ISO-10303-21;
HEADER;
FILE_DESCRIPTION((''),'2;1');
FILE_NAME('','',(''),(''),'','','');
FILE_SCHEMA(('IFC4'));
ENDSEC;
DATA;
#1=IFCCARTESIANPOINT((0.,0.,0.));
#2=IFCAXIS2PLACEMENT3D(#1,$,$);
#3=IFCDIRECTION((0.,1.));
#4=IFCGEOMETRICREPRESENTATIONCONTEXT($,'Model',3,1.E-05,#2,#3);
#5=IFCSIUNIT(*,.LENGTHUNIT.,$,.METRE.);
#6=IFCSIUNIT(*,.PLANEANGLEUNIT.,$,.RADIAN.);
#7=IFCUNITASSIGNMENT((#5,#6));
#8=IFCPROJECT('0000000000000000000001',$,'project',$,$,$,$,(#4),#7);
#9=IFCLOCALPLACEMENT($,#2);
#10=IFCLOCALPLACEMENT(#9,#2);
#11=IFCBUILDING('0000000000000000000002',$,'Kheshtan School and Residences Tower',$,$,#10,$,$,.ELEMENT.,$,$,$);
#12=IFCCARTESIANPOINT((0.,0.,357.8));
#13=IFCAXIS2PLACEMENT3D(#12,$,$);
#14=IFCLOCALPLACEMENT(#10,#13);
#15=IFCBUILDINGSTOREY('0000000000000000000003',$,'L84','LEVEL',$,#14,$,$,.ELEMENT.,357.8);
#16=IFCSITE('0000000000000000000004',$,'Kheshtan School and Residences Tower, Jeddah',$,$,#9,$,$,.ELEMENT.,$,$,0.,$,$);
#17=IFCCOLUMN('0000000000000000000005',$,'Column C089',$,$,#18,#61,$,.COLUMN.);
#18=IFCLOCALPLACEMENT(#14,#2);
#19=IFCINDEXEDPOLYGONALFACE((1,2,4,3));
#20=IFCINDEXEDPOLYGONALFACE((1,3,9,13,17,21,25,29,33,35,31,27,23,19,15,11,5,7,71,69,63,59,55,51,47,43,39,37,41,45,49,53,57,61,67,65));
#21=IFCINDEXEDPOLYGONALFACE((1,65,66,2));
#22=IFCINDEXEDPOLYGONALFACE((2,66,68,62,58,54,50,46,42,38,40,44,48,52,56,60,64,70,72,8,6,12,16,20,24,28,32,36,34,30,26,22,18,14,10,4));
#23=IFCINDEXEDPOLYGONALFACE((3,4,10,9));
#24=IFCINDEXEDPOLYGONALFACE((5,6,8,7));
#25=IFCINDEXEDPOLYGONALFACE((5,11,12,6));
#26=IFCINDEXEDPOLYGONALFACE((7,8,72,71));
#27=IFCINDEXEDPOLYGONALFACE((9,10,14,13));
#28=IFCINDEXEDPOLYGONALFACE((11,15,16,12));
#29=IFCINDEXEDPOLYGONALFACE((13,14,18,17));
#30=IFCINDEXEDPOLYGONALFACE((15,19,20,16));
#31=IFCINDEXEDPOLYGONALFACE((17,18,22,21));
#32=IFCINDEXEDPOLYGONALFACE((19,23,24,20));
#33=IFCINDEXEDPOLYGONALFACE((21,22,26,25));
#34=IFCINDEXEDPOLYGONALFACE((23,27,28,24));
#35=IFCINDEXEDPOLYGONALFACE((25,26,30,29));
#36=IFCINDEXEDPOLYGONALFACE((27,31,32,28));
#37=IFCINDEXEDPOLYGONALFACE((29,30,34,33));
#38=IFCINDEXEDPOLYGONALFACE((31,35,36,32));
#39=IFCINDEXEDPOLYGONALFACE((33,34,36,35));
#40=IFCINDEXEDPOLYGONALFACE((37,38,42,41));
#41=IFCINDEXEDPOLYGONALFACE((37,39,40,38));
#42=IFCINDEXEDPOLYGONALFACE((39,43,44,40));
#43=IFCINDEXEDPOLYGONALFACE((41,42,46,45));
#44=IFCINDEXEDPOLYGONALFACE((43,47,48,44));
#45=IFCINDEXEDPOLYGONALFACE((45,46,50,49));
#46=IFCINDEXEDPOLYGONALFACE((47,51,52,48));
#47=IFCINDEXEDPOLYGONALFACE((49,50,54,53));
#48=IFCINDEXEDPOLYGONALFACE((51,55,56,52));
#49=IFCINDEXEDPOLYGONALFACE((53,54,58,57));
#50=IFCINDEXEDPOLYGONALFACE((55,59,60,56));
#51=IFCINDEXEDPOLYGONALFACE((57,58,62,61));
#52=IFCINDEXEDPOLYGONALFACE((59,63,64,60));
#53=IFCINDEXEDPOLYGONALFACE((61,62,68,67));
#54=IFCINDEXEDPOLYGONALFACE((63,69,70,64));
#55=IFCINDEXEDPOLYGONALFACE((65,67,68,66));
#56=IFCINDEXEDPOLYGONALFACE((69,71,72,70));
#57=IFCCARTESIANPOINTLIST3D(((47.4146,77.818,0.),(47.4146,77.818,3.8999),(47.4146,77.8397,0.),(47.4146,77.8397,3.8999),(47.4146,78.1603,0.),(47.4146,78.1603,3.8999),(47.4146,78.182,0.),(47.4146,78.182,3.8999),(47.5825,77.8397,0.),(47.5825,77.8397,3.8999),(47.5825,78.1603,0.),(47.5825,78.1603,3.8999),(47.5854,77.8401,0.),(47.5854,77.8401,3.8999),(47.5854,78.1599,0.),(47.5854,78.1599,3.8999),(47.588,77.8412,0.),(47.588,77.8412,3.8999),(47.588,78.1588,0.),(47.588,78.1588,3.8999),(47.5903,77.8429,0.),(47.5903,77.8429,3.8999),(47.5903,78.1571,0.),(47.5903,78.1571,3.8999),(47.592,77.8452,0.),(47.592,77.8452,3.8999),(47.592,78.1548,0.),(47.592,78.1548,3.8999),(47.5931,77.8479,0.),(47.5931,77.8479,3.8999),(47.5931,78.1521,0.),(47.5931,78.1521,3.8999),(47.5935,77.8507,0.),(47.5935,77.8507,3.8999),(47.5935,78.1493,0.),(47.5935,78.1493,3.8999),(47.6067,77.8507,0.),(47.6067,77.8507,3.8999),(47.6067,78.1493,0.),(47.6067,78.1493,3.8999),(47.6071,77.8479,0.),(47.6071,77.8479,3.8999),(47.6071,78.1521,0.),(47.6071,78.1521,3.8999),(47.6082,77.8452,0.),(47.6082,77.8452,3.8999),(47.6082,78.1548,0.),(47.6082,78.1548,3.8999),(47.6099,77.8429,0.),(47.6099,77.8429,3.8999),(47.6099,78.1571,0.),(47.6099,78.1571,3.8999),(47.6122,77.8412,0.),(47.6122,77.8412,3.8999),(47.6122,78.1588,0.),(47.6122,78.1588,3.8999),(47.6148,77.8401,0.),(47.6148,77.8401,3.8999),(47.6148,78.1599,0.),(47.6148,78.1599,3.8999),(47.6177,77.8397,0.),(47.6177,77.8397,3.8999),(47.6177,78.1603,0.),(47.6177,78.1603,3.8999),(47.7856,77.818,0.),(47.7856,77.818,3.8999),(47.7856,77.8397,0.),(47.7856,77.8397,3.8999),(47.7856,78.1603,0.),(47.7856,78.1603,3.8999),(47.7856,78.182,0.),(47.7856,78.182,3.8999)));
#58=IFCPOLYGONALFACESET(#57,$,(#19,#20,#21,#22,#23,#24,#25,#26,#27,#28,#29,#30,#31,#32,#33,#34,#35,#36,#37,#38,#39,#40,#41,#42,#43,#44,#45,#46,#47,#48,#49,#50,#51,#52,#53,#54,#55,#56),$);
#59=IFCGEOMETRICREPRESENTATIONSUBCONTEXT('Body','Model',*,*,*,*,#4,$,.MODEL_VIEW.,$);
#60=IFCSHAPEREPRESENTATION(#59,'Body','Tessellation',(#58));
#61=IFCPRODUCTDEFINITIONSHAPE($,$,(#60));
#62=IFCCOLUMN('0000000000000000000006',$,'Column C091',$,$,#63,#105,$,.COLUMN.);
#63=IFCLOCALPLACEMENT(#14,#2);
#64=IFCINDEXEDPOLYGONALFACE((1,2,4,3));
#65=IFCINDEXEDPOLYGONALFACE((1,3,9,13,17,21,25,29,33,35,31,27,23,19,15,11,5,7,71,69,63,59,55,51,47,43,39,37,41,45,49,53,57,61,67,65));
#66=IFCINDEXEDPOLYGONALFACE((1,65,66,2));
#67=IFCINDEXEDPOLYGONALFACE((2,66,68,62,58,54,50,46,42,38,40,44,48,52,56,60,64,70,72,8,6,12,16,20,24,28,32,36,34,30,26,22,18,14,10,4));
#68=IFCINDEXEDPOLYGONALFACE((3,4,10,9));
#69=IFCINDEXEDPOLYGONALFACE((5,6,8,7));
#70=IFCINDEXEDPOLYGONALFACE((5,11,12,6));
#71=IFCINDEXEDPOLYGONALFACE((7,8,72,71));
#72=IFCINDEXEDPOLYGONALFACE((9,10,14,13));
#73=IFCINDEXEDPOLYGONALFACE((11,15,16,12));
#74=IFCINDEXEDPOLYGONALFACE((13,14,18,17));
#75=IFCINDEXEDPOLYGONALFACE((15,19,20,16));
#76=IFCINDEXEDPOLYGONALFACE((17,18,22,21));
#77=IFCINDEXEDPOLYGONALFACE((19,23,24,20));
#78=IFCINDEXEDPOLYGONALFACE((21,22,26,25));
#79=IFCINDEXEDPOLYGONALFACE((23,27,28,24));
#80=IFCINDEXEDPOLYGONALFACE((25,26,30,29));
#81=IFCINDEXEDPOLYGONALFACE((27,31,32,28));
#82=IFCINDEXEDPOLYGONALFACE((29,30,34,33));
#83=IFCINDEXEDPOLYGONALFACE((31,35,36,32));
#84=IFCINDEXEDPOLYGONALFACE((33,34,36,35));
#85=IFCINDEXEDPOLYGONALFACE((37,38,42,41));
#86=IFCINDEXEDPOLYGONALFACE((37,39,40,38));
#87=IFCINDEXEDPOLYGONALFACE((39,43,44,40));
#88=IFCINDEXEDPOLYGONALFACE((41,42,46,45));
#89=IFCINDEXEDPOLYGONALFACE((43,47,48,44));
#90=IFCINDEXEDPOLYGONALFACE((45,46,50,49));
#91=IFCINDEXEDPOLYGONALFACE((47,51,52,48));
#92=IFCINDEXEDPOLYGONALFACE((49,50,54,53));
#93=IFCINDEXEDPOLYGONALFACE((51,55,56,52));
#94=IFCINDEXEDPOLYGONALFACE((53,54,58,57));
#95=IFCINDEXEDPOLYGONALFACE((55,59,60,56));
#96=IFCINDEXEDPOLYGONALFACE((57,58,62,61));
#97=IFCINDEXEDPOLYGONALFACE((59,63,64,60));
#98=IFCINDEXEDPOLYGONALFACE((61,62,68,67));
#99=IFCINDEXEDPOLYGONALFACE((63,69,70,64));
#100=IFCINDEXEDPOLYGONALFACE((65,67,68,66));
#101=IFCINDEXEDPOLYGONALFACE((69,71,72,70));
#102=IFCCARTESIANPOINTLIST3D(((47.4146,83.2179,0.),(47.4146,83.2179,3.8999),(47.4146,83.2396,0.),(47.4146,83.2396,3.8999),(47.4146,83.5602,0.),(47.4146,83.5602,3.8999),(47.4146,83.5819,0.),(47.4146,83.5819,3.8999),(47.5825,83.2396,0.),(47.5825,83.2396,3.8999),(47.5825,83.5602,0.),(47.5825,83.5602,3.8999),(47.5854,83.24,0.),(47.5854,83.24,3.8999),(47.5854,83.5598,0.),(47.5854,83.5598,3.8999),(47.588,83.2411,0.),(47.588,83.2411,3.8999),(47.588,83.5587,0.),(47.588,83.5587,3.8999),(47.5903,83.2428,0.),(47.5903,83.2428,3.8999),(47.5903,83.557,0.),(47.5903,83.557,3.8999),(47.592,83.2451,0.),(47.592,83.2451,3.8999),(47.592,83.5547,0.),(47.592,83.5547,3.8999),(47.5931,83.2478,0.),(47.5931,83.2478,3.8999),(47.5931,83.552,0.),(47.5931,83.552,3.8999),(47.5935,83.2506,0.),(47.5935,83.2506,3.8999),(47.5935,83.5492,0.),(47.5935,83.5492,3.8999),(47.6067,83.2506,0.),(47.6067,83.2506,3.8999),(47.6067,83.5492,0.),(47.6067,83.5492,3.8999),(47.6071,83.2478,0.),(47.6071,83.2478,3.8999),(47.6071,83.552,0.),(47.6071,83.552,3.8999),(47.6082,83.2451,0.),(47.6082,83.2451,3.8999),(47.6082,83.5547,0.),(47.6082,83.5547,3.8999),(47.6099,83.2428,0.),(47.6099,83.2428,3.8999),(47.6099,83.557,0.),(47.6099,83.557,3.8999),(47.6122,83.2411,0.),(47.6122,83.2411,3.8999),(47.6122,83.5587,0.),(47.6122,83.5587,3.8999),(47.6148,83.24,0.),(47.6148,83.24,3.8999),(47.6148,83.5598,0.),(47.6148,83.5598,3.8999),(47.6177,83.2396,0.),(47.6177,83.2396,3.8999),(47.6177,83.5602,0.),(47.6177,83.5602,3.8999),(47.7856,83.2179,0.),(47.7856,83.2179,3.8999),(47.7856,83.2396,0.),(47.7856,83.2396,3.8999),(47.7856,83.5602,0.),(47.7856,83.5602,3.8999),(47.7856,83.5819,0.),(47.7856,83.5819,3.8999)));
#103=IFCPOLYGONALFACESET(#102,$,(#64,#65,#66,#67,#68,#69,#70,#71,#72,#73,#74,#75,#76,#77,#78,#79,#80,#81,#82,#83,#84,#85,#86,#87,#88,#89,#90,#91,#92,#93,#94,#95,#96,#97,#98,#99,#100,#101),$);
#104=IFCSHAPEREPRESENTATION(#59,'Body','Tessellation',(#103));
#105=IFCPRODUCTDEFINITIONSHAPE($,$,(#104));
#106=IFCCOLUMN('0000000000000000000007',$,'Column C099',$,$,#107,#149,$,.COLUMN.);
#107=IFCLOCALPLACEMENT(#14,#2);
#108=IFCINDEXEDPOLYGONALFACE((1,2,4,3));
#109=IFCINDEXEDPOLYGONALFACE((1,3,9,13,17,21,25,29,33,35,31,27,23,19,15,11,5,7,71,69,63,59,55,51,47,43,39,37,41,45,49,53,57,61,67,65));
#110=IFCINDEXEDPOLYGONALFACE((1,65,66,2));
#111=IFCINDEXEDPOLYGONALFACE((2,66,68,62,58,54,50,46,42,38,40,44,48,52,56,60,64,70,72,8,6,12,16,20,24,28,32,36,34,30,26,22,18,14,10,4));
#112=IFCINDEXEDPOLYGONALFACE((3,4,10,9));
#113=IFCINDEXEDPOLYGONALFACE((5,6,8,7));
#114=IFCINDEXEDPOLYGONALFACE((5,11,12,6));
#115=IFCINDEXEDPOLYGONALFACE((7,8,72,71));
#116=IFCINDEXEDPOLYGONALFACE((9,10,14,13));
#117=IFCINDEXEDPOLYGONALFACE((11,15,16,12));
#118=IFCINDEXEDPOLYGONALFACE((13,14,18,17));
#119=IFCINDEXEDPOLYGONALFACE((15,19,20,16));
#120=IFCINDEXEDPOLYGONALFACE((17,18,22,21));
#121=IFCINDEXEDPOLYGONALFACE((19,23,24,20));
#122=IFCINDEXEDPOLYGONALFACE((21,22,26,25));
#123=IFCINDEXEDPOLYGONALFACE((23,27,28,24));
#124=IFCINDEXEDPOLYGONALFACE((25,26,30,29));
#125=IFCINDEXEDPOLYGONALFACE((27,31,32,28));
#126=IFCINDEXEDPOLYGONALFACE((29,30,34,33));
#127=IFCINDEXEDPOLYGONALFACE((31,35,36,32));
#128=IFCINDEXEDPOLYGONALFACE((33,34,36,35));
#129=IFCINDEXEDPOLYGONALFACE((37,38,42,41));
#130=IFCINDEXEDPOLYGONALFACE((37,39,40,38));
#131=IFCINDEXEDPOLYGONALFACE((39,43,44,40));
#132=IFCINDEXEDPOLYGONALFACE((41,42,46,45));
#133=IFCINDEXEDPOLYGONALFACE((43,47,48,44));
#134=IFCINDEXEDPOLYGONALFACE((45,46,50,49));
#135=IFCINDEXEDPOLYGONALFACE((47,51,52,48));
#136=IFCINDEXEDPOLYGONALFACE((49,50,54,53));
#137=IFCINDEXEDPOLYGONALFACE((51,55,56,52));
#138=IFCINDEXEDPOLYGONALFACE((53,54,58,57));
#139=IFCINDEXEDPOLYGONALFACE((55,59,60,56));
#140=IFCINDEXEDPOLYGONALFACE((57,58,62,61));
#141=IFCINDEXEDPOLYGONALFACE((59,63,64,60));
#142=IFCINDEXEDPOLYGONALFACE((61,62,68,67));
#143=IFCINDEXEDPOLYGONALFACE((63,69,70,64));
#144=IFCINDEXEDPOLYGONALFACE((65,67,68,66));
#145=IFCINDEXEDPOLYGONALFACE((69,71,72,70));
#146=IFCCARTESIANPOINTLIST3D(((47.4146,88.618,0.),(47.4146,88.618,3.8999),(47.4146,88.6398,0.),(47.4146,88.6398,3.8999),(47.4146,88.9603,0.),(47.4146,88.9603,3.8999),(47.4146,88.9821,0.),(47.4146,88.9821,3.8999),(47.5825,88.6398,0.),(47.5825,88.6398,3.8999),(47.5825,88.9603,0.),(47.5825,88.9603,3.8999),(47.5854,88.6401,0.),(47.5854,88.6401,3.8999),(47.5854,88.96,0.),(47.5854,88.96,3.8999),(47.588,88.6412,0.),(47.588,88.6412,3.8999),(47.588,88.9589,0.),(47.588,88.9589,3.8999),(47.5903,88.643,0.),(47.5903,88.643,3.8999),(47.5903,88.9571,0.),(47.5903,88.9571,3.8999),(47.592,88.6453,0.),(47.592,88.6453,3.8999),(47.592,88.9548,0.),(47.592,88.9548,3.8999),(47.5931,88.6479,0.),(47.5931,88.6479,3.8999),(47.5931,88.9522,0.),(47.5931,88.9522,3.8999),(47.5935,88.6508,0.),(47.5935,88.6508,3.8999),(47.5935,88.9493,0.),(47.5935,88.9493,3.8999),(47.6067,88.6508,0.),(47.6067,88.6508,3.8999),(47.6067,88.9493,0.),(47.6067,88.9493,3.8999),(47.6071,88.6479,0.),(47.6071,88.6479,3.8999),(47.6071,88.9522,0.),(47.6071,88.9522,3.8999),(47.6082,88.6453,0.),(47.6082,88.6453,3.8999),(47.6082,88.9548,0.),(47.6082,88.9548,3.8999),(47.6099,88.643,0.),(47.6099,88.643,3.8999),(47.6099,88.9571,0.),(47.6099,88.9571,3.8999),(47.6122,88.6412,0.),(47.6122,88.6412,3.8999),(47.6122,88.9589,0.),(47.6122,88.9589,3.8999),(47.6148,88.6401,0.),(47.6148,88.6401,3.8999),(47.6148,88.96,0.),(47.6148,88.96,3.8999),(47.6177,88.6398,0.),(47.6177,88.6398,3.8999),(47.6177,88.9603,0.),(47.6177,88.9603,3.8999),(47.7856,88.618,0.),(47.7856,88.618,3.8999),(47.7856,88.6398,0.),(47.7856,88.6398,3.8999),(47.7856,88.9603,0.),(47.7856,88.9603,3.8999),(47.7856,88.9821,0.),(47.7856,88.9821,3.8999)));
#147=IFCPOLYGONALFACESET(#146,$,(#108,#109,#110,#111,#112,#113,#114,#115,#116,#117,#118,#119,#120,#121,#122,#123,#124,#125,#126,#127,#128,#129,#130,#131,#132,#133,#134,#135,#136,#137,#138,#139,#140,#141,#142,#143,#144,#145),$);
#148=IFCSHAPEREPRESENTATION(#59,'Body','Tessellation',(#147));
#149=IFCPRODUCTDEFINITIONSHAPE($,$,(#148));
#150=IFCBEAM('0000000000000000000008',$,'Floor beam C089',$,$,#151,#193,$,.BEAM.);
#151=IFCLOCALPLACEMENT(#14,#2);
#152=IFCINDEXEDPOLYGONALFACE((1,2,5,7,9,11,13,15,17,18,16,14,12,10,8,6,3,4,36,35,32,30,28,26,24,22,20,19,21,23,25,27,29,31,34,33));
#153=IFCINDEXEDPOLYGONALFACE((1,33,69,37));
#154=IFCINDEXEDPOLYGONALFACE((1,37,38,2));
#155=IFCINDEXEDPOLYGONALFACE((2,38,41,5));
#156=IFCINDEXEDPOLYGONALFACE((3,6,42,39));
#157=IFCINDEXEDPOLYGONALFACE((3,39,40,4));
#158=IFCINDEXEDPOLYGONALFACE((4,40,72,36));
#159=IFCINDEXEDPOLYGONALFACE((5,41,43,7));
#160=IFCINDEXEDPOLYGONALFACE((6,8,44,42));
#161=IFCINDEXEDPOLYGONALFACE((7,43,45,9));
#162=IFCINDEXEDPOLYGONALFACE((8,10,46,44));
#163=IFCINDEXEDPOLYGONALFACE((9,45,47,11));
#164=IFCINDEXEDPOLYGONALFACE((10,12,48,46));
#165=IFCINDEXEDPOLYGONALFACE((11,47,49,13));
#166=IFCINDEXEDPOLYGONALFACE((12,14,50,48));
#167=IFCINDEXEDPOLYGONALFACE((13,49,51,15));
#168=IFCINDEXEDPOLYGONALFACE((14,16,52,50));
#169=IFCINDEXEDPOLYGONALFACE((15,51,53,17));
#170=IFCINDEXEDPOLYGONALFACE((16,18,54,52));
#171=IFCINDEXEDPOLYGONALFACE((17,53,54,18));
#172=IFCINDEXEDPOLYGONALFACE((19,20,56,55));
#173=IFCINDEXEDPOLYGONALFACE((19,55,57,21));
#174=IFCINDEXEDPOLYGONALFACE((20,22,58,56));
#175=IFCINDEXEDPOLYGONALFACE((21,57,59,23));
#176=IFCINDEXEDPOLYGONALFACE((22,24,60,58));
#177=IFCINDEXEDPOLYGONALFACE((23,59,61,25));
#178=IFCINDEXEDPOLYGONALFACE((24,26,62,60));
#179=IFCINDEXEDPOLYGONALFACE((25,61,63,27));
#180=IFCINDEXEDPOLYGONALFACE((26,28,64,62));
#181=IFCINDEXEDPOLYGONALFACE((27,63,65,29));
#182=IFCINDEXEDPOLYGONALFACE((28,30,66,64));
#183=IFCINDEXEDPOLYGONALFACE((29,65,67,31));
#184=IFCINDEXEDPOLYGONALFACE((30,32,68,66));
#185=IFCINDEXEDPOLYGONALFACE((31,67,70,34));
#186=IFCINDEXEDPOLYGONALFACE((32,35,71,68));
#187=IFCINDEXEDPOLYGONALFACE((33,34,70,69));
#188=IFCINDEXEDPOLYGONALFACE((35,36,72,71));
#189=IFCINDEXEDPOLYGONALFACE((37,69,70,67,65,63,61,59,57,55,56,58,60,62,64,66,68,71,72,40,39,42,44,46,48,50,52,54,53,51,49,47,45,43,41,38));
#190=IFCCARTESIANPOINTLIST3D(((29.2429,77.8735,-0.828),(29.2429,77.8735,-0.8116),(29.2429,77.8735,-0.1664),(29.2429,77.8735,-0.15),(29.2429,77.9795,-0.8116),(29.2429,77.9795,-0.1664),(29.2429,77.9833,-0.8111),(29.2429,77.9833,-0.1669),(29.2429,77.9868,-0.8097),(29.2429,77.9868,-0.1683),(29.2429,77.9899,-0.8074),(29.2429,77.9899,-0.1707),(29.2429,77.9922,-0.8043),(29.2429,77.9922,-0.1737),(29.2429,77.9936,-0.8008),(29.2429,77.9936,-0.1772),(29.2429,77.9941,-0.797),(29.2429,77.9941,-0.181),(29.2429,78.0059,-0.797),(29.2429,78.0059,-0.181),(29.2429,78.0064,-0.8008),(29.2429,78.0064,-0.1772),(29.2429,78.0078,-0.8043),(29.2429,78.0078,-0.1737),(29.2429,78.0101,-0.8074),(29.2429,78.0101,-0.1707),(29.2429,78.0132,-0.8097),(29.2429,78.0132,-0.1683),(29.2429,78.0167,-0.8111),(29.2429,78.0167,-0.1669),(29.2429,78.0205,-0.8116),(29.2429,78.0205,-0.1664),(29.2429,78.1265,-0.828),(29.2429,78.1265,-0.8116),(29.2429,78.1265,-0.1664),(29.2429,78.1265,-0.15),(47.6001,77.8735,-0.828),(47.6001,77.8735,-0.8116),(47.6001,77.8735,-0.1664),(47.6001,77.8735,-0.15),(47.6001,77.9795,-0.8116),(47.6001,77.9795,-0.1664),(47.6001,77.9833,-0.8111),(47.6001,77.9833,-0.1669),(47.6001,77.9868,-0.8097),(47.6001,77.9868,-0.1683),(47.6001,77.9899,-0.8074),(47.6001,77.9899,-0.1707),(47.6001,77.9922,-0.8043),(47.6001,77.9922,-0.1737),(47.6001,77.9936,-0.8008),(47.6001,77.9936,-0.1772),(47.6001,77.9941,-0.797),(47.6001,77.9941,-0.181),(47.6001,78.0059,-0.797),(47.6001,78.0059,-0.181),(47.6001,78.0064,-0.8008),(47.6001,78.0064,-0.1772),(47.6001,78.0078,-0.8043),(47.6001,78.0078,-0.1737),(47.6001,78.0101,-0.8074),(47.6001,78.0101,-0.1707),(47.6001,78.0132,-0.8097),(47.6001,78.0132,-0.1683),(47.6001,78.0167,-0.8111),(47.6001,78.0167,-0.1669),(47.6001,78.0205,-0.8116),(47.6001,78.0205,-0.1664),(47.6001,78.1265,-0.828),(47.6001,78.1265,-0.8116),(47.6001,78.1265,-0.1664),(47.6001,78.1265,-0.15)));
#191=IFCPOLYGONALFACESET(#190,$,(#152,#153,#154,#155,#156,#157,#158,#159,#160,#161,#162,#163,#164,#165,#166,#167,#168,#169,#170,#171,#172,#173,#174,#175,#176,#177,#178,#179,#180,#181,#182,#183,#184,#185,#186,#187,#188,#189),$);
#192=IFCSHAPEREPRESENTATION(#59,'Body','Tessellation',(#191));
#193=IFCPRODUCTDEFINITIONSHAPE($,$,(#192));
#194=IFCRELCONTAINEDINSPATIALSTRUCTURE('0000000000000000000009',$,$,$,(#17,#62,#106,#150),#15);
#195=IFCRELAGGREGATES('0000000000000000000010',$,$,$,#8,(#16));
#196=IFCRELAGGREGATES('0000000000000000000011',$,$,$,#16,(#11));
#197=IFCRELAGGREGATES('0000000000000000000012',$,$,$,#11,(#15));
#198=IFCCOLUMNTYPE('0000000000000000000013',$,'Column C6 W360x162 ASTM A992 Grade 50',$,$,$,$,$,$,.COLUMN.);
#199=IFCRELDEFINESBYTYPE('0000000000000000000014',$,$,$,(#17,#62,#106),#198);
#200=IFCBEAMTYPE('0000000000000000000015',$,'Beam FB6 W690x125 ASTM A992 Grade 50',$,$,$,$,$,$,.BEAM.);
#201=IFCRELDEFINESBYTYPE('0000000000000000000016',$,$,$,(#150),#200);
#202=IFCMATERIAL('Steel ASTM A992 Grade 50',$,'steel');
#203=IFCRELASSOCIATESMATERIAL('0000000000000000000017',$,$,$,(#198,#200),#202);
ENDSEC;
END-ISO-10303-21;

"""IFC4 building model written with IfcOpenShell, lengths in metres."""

from ifc_helpers import new_model, si_unit, direction, frame, origin, origin_2d, place, context, subcontext, project, spatial, i_section, extrude, material, material_profile, profile_set, type_object, element, save


model = new_model("IFC4")

# Units and contexts
model_context = context("Model", 3, precision=1e-05, world=origin(), true_north=direction((0.0, 1.0)))
body_context = subcontext(model_context, "Body", "Model", "MODEL_VIEW")
ifc_project = project(units=[si_unit("LENGTHUNIT", "METRE"), si_unit("PLANEANGLEUNIT", "RADIAN")], contexts=[model_context])

# Site, building, storey
site_placement = place(None, origin())
site = spatial("IfcSite", under=ifc_project, at=site_placement, Name="Kheshtan School and Residences Tower, Jeddah", CompositionType="ELEMENT", RefElevation=0.0)
building_placement = place(site_placement, origin())
building = spatial("IfcBuilding", under=site, at=building_placement, Name="Kheshtan School and Residences Tower", CompositionType="ELEMENT")
storey_placement = place(building_placement, frame((0.0, 0.0, 357.8)))
storey = spatial("IfcBuildingStorey", under=building, at=storey_placement, Name="L84", Description="LEVEL", CompositionType="ELEMENT", Elevation=357.8)

# Columns
ifc_material_1 = material(Name="Steel ASTM A992 Grade 50", Category="steel")
ifc_material_profile_1 = material_profile(ifc_material_1, i_section(OverallWidth=0.3711, OverallDepth=0.364, WebThickness=0.0132, FlangeThickness=0.0217, FilletRadius=0.011, at=origin_2d()), Name="W360x162")
ifc_profile_set_1 = profile_set([ifc_material_profile_1], Name="Steel ASTM A992 Grade 50")
column_type = type_object("IfcColumnType", Name="Column C6 W360x162 ASTM A992 Grade 50", PredefinedType="COLUMN", material=ifc_profile_set_1)
for number, where, z_axis, x_axis, name in (
    (1, (47.6001, 78.0, 0.0), (0.0, 0.0, 1.0), (1.0, 0.0, 0.0), "Column C089"),
    (2, (47.6001, 83.3999, 0.0), (0.0, 0.0, 1.0), (1.0, 0.0, 0.0), "Column C091"),
    (3, (47.6001, 88.8, 0.0), (0.0, 0.0, 1.0), (1.0, 0.0, 0.0), "Column C099"),
):
    element("IfcColumn", number, at=place(storey_placement, frame(where, z_axis=z_axis, x_axis=x_axis)), inside=storey, type_object=column_type, Name=name, PredefinedType="COLUMN", context=body_context, shape_type="SweptSolid", body=[
        extrude(i_section(OverallWidth=0.3711, OverallDepth=0.364, WebThickness=0.0132, FlangeThickness=0.0217, FilletRadius=0.011, at=origin_2d()), origin(), (0.0, 0.0, 1.0), 3.8999),
    ])

# Beam
ifc_material_profile_2 = material_profile(ifc_material_1, i_section(OverallWidth=0.2529, OverallDepth=0.678, WebThickness=0.0117, FlangeThickness=0.0164, FilletRadius=0.0146, at=origin_2d()), Name="W690x125")
ifc_profile_set_2 = profile_set([ifc_material_profile_2], Name="Steel ASTM A992 Grade 50")
beam_type_1 = type_object("IfcBeamType", Name="Beam FB6 W690x125 ASTM A992 Grade 50", PredefinedType="BEAM", material=ifc_profile_set_2)
beam_1_placement = place(storey_placement, frame((47.6001, 78.0, -0.489), z_axis=(-1.0, 0.0, 0.0), x_axis=(0.0, -1.0, 0.0)))
element("IfcBeam", 4, at=beam_1_placement, inside=storey, type_object=beam_type_1, Name="Floor beam C089", PredefinedType="BEAM", context=body_context, shape_type="SweptSolid", body=[
    extrude(i_section(OverallWidth=0.2529, OverallDepth=0.678, WebThickness=0.0117, FlangeThickness=0.0164, FilletRadius=0.0146, at=origin_2d()), origin(), (0.0, 0.0, 1.0), 18.3572),
])

save(model, "model.ifc")
